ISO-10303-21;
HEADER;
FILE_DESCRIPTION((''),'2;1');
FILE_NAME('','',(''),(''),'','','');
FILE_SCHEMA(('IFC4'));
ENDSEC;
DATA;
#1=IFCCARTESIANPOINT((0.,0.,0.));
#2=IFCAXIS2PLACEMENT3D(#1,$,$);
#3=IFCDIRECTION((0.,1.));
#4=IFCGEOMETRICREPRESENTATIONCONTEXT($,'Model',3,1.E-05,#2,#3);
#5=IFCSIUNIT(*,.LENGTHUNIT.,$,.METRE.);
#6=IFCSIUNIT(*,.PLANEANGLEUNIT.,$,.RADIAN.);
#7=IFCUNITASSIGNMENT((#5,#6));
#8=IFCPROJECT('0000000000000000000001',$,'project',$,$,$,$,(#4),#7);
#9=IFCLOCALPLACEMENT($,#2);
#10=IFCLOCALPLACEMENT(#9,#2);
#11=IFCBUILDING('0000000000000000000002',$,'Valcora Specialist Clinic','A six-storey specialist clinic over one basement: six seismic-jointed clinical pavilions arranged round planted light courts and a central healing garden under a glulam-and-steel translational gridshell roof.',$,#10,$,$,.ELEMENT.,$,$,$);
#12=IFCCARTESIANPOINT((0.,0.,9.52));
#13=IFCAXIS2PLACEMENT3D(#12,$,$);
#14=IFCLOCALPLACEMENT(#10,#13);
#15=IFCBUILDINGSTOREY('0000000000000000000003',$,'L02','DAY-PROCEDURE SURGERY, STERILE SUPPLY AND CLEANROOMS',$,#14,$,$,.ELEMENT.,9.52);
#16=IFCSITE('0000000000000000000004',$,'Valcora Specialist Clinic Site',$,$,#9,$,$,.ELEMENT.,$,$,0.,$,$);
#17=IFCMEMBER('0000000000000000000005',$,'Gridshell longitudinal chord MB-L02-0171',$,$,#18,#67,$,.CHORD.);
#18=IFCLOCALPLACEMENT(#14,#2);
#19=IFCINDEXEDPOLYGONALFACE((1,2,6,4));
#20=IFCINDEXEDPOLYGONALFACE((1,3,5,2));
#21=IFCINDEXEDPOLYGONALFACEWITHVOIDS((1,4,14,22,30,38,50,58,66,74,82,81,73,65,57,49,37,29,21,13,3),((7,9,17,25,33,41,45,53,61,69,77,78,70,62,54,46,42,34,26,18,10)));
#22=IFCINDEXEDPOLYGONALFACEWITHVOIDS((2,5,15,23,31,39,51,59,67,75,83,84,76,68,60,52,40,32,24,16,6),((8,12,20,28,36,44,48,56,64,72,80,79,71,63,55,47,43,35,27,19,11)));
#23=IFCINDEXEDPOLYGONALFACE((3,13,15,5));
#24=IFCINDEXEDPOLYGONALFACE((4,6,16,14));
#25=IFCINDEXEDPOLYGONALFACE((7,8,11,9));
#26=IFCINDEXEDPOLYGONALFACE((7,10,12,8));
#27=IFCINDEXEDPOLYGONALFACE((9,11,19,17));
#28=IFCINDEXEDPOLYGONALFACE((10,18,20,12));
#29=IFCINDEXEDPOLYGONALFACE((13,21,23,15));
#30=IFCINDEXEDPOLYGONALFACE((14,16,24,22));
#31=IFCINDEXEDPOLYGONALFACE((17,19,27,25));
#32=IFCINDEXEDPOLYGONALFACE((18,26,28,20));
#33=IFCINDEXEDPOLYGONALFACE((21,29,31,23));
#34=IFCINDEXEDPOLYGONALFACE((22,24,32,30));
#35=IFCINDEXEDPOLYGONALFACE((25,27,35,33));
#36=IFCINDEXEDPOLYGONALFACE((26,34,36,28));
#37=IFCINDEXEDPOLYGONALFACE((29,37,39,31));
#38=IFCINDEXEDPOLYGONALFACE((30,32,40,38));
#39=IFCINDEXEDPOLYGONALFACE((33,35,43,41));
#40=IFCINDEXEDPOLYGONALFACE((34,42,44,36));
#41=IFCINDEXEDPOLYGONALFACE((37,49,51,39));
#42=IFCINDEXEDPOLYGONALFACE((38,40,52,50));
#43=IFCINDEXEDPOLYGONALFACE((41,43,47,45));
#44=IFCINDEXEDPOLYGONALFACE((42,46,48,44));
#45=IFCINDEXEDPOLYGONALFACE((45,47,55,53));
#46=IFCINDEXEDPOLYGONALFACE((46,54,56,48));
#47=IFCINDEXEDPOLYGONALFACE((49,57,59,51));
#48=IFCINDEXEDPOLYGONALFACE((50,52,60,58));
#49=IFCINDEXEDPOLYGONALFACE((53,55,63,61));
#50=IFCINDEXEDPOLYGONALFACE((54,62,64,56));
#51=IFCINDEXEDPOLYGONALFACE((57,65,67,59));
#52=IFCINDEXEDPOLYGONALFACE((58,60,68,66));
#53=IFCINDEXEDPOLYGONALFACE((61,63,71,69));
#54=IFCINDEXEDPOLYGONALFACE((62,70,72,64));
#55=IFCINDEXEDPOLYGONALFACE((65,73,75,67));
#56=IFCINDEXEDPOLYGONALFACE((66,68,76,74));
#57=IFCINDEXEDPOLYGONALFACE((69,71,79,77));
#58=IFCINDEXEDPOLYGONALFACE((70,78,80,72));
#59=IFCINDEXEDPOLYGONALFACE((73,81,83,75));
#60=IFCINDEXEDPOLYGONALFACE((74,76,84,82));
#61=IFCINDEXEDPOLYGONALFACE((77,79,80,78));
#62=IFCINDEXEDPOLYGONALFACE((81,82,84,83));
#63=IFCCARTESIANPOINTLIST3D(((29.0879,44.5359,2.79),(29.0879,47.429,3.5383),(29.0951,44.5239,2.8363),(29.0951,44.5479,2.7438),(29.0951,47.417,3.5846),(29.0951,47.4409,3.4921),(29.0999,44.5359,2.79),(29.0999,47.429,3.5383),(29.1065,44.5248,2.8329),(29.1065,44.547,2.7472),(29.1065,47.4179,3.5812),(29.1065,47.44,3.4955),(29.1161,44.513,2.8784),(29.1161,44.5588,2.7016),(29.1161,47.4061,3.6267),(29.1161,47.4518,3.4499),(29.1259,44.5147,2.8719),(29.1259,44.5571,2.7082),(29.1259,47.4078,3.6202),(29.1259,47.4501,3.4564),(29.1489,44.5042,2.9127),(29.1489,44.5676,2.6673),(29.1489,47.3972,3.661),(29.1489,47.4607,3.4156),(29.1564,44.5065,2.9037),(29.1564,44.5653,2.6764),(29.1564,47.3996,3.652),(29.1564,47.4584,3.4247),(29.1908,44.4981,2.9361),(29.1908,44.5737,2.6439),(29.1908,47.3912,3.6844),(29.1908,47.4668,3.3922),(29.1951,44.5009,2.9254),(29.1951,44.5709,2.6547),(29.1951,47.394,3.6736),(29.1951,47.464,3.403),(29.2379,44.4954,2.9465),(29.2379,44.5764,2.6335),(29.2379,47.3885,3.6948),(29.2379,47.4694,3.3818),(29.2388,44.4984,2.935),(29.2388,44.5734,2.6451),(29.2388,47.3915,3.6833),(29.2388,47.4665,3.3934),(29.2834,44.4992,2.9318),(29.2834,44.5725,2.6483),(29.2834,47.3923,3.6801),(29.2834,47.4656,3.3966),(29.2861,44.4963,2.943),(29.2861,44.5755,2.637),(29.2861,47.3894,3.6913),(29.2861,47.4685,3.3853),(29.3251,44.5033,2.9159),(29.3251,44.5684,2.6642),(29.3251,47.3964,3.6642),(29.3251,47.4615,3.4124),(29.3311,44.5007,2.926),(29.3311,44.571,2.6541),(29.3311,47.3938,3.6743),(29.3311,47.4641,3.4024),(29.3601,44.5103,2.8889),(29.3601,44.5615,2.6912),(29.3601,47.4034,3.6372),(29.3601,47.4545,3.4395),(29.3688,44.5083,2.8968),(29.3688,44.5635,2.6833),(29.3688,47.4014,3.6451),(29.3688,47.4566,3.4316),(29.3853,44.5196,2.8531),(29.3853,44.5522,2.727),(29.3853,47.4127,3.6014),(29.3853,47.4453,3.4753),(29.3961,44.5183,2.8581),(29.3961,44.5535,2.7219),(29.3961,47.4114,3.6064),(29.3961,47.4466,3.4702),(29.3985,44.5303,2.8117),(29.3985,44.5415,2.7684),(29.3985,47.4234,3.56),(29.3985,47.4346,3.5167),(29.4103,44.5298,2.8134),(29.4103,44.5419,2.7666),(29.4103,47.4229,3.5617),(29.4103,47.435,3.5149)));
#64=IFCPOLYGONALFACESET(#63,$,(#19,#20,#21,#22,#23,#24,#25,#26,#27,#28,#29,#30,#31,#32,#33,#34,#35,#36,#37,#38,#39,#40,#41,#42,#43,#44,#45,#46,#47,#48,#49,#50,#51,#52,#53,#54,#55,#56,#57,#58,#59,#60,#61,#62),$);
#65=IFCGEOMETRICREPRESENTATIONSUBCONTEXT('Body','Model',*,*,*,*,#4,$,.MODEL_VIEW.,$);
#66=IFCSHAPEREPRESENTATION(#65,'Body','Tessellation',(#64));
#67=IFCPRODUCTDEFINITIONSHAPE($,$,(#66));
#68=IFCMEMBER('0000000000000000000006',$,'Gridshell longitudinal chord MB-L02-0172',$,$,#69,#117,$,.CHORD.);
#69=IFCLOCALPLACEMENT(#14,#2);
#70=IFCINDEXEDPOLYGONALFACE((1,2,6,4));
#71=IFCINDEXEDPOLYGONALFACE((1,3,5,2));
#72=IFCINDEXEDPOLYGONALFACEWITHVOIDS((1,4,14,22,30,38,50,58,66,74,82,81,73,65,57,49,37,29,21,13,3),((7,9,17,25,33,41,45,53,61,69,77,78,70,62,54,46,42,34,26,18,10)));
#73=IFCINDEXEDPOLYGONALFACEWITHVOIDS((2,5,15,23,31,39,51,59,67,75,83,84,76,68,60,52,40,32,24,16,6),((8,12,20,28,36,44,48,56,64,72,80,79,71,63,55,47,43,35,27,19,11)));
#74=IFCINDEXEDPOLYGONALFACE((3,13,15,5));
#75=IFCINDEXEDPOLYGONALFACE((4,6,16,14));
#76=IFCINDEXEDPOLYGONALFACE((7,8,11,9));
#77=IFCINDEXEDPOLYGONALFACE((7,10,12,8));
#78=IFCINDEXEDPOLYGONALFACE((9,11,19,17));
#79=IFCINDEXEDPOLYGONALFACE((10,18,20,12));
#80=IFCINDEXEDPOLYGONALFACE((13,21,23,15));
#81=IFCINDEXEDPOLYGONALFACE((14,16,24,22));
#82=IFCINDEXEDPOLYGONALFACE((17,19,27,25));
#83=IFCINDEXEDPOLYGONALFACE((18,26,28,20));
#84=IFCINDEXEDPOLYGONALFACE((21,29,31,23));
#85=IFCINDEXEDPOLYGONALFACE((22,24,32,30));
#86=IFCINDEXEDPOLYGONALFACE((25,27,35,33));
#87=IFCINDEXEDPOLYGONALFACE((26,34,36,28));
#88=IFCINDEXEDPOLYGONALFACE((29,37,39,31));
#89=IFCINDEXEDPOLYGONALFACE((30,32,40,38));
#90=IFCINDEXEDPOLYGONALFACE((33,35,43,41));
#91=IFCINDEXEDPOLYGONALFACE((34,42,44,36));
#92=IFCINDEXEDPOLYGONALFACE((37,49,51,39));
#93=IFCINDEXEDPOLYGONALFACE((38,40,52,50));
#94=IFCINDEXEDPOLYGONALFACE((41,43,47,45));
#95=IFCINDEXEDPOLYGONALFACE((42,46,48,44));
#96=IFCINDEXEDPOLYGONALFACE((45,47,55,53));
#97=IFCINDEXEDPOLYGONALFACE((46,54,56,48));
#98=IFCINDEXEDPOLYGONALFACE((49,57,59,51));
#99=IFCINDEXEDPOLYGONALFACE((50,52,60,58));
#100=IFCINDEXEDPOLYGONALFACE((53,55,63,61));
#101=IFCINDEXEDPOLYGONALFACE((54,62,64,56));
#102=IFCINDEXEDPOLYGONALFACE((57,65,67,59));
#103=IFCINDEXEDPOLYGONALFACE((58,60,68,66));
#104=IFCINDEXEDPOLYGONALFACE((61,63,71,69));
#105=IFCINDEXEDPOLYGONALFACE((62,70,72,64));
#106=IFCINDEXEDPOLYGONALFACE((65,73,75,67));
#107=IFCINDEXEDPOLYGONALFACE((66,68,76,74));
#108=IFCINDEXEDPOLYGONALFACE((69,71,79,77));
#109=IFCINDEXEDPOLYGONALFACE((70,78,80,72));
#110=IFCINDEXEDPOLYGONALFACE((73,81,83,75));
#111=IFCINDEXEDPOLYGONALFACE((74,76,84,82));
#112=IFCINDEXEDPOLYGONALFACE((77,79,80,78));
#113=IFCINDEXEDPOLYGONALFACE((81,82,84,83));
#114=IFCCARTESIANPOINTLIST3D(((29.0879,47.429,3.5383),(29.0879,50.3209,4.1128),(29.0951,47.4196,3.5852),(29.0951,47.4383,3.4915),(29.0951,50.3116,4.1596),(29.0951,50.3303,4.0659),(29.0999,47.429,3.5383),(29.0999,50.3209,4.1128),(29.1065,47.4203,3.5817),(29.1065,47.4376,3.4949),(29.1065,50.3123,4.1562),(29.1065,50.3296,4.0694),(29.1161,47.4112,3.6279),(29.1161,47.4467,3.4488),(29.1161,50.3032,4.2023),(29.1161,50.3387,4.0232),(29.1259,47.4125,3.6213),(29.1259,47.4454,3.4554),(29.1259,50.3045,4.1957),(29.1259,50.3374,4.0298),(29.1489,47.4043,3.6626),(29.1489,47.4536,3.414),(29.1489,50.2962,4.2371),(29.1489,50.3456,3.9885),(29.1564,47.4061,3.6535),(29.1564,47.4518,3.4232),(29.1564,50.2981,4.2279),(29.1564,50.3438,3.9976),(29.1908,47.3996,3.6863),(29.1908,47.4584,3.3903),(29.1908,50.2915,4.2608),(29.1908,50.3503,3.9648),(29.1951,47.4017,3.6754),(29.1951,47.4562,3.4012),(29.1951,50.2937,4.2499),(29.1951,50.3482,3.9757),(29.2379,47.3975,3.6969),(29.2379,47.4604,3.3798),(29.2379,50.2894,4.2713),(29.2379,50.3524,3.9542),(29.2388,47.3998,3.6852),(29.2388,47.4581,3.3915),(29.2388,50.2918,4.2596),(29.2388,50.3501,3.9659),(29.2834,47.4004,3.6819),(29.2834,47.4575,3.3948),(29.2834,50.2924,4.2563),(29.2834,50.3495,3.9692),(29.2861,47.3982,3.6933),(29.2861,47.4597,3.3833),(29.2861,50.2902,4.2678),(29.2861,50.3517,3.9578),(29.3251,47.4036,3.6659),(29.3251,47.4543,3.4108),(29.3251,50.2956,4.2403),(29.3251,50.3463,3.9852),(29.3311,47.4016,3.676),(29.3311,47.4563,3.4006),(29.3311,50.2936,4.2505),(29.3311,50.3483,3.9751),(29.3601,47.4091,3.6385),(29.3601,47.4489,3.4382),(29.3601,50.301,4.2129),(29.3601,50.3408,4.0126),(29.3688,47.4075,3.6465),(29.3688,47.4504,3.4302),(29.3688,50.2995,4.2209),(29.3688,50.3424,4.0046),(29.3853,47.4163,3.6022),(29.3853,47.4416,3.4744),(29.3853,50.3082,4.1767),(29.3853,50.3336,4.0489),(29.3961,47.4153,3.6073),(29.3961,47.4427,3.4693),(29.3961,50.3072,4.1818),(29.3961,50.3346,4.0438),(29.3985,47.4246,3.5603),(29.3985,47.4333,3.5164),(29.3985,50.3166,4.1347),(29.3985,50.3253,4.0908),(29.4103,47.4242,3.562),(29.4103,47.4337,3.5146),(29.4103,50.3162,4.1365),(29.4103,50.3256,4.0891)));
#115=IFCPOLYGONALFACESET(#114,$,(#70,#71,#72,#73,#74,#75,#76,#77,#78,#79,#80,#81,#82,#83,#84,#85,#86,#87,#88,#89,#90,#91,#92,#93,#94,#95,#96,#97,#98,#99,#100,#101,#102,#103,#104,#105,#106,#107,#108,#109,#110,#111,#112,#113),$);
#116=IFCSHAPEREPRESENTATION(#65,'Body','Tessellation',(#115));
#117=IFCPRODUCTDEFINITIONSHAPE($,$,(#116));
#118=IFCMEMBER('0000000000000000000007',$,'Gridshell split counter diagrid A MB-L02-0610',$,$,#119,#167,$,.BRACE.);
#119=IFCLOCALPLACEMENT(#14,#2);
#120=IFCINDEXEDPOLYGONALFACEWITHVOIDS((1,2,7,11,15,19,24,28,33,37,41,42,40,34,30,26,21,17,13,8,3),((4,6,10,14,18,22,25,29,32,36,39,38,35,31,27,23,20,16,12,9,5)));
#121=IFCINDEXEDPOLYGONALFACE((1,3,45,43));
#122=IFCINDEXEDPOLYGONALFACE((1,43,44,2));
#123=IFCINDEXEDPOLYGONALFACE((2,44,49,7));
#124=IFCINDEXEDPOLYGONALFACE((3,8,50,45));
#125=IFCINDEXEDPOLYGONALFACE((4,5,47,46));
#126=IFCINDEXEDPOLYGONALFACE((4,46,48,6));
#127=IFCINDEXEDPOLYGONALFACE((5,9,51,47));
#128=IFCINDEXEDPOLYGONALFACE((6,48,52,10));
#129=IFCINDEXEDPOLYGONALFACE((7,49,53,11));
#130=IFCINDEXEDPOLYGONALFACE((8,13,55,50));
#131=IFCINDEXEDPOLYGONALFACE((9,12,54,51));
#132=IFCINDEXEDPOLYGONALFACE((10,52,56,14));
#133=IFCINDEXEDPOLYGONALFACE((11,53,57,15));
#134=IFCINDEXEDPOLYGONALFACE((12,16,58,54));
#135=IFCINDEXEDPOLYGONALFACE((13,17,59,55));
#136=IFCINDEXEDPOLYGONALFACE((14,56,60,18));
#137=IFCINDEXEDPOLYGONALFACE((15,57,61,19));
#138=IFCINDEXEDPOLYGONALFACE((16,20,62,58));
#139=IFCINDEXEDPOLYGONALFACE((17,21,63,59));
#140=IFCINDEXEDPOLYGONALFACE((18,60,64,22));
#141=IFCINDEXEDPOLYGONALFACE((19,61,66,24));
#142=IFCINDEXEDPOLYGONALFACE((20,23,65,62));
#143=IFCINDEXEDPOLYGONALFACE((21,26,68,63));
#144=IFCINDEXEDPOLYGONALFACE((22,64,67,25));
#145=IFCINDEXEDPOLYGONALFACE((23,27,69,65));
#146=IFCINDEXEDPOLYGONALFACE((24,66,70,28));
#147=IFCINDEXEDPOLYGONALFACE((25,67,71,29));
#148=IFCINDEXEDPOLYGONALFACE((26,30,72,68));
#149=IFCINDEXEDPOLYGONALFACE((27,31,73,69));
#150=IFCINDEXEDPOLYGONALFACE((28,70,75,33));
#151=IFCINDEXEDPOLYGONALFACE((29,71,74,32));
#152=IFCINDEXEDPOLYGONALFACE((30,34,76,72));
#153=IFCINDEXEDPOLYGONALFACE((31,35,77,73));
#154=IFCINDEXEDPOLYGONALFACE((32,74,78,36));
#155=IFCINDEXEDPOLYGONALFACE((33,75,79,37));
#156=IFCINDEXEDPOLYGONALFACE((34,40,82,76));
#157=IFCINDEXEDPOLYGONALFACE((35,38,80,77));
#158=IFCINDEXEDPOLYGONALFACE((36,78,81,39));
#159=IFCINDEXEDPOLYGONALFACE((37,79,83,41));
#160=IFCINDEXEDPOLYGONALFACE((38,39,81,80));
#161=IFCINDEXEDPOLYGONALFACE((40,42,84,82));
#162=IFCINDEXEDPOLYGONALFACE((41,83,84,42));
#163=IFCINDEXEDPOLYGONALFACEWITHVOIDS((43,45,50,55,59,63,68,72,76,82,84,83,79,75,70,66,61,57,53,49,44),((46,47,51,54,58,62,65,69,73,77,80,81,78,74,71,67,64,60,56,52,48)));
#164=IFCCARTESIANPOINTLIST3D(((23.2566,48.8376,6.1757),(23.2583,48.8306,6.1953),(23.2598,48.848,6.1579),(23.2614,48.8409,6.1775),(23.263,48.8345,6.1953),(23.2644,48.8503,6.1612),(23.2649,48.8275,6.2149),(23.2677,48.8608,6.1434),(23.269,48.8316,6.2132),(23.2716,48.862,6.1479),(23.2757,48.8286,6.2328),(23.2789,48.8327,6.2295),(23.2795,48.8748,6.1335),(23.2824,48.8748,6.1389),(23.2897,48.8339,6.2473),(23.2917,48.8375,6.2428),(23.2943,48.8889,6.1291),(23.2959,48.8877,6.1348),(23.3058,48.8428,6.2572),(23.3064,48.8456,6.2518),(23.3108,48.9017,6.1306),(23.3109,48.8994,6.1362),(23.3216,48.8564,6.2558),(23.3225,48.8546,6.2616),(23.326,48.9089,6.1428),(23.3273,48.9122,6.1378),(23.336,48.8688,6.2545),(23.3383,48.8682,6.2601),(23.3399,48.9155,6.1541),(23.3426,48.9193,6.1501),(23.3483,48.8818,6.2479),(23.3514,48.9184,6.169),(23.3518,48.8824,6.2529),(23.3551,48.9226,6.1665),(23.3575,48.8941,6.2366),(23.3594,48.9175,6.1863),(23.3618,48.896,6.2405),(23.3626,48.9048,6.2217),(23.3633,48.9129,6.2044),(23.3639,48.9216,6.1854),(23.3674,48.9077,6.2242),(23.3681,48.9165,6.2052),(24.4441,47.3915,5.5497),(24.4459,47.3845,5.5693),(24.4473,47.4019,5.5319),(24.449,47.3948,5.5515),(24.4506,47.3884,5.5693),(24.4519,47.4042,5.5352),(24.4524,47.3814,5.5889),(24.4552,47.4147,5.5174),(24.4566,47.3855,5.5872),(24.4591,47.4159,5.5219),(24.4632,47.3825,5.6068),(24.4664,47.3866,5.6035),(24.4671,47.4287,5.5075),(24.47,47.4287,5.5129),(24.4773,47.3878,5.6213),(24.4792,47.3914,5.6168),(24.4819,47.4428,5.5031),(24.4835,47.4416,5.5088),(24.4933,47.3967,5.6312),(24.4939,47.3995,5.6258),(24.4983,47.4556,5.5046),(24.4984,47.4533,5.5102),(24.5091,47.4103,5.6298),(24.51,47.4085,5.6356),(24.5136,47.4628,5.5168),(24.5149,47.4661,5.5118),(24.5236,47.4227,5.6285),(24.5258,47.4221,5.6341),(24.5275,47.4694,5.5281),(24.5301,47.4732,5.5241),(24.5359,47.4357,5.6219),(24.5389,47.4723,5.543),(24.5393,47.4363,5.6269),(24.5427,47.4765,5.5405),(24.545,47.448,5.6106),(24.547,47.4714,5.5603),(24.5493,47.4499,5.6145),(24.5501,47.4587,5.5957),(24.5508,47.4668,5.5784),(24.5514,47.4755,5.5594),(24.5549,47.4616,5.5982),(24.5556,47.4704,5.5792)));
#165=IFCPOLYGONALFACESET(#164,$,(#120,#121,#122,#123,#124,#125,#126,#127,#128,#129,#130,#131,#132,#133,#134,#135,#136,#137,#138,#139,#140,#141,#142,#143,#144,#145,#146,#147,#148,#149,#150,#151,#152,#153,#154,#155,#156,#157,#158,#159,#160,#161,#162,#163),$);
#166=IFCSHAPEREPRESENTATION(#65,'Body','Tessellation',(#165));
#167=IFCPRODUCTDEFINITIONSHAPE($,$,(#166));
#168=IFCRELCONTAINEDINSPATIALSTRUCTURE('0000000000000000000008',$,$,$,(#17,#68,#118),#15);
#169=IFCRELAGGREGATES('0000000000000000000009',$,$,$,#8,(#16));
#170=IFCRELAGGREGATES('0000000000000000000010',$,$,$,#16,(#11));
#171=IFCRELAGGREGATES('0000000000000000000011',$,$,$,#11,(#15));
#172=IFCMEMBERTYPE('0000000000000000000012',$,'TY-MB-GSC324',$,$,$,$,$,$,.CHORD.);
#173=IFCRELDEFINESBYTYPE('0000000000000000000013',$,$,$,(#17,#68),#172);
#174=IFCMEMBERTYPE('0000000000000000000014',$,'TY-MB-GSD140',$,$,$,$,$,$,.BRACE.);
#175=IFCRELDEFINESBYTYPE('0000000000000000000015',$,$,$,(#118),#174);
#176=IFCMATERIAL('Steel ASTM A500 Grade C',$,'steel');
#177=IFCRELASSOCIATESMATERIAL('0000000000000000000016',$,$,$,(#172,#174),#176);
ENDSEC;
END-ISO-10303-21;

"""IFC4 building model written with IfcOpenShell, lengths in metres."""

from ifc_helpers import new_model, si_unit, direction, frame, origin, origin_2d, place, context, subcontext, project, spatial, hollow_circle, extrude, material, material_profile, profile_set, type_object, element, save


model = new_model("IFC4")

# Units and contexts
model_context = context("Model", 3, precision=1e-05, world=origin(), true_north=direction((0.0, 1.0)))
body_context = subcontext(model_context, "Body", "Model", "MODEL_VIEW")
ifc_project = project(units=[si_unit("LENGTHUNIT", "METRE"), si_unit("PLANEANGLEUNIT", "RADIAN")], contexts=[model_context])

# Site, building, storey
site_placement = place(None, origin())
site = spatial("IfcSite", under=ifc_project, at=site_placement, Name="Valcora Specialist Clinic Site", CompositionType="ELEMENT", RefElevation=0.0)
building_placement = place(site_placement, origin())
building = spatial("IfcBuilding", under=site, at=building_placement, Name="Valcora Specialist Clinic", Description="A six-storey specialist clinic over one basement: six seismic-jointed clinical pavilions arranged round planted light courts and a central healing garden under a glulam-and-steel translational gridshell roof.", CompositionType="ELEMENT")
storey_placement = place(building_placement, frame((0.0, 0.0, 9.52)))
storey = spatial("IfcBuildingStorey", under=building, at=storey_placement, Name="L02", Description="DAY-PROCEDURE SURGERY, STERILE SUPPLY AND CLEANROOMS", CompositionType="ELEMENT", Elevation=9.52)

# Members
ifc_material_1 = material(Name="Steel ASTM A500 Grade C", Category="steel")
ifc_material_profile_1 = material_profile(ifc_material_1, hollow_circle(Radius=0.1621, WallThickness=0.012, at=origin_2d()), Name="ST-CHS-324X12")
ifc_profile_set_1 = profile_set([ifc_material_profile_1], Name="Steel ASTM A500 Grade C")
member_type_1 = type_object("IfcMemberType", Name="TY-MB-GSC324", PredefinedType="CHORD", material=ifc_profile_set_1)
member_1_placement = place(storey_placement, frame((29.25, 44.5359, 2.79), z_axis=(0.0, 0.96814, 0.250409), x_axis=(-1.0, 0.0, 0.0)))
element("IfcMember", 1, at=member_1_placement, inside=storey, type_object=member_type_1, Name="Gridshell longitudinal chord MB-L02-0171", PredefinedType="CHORD", context=body_context, shape_type="SweptSolid", body=[
    extrude(hollow_circle(Radius=0.1621, WallThickness=0.012, at=origin_2d()), origin(), (0.0, 0.0, 1.0), 2.9883),
])
member_2_placement = place(storey_placement, frame((29.25, 47.429, 3.5383), z_axis=(0.0, 0.980838, 0.194826), x_axis=(-1.0, 0.0, 0.0)))
element("IfcMember", 2, at=member_2_placement, inside=storey, type_object=member_type_1, Name="Gridshell longitudinal chord MB-L02-0172", PredefinedType="CHORD", context=body_context, shape_type="SweptSolid", body=[
    extrude(hollow_circle(Radius=0.1621, WallThickness=0.012, at=origin_2d()), origin(), (0.0, 0.0, 1.0), 2.9485),
])
ifc_material_profile_2 = material_profile(ifc_material_1, hollow_circle(Radius=0.0701, WallThickness=0.0061, at=origin_2d()), Name="ST-CHS-140X6")
ifc_profile_set_2 = profile_set([ifc_material_profile_2], Name="Steel ASTM A500 Grade C")
member_type_2 = type_object("IfcMemberType", Name="TY-MB-GSD140", PredefinedType="BRACE", material=ifc_profile_set_2)
member_3_placement = place(storey_placement, frame((24.5, 47.429, 5.5693), z_axis=(-0.601851, 0.732887, 0.317258), x_axis=(-0.772811, -0.634636, 0.0)))
element("IfcMember", 3, at=member_3_placement, inside=storey, type_object=member_type_2, Name="Gridshell split counter diagrid A MB-L02-0610", PredefinedType="BRACE", context=body_context, shape_type="SweptSolid", body=[
    extrude(hollow_circle(Radius=0.0701, WallThickness=0.0061, at=origin_2d()), origin(), (0.0, 0.0, 1.0), 1.9731),
])

save(model, "model.ifc")
